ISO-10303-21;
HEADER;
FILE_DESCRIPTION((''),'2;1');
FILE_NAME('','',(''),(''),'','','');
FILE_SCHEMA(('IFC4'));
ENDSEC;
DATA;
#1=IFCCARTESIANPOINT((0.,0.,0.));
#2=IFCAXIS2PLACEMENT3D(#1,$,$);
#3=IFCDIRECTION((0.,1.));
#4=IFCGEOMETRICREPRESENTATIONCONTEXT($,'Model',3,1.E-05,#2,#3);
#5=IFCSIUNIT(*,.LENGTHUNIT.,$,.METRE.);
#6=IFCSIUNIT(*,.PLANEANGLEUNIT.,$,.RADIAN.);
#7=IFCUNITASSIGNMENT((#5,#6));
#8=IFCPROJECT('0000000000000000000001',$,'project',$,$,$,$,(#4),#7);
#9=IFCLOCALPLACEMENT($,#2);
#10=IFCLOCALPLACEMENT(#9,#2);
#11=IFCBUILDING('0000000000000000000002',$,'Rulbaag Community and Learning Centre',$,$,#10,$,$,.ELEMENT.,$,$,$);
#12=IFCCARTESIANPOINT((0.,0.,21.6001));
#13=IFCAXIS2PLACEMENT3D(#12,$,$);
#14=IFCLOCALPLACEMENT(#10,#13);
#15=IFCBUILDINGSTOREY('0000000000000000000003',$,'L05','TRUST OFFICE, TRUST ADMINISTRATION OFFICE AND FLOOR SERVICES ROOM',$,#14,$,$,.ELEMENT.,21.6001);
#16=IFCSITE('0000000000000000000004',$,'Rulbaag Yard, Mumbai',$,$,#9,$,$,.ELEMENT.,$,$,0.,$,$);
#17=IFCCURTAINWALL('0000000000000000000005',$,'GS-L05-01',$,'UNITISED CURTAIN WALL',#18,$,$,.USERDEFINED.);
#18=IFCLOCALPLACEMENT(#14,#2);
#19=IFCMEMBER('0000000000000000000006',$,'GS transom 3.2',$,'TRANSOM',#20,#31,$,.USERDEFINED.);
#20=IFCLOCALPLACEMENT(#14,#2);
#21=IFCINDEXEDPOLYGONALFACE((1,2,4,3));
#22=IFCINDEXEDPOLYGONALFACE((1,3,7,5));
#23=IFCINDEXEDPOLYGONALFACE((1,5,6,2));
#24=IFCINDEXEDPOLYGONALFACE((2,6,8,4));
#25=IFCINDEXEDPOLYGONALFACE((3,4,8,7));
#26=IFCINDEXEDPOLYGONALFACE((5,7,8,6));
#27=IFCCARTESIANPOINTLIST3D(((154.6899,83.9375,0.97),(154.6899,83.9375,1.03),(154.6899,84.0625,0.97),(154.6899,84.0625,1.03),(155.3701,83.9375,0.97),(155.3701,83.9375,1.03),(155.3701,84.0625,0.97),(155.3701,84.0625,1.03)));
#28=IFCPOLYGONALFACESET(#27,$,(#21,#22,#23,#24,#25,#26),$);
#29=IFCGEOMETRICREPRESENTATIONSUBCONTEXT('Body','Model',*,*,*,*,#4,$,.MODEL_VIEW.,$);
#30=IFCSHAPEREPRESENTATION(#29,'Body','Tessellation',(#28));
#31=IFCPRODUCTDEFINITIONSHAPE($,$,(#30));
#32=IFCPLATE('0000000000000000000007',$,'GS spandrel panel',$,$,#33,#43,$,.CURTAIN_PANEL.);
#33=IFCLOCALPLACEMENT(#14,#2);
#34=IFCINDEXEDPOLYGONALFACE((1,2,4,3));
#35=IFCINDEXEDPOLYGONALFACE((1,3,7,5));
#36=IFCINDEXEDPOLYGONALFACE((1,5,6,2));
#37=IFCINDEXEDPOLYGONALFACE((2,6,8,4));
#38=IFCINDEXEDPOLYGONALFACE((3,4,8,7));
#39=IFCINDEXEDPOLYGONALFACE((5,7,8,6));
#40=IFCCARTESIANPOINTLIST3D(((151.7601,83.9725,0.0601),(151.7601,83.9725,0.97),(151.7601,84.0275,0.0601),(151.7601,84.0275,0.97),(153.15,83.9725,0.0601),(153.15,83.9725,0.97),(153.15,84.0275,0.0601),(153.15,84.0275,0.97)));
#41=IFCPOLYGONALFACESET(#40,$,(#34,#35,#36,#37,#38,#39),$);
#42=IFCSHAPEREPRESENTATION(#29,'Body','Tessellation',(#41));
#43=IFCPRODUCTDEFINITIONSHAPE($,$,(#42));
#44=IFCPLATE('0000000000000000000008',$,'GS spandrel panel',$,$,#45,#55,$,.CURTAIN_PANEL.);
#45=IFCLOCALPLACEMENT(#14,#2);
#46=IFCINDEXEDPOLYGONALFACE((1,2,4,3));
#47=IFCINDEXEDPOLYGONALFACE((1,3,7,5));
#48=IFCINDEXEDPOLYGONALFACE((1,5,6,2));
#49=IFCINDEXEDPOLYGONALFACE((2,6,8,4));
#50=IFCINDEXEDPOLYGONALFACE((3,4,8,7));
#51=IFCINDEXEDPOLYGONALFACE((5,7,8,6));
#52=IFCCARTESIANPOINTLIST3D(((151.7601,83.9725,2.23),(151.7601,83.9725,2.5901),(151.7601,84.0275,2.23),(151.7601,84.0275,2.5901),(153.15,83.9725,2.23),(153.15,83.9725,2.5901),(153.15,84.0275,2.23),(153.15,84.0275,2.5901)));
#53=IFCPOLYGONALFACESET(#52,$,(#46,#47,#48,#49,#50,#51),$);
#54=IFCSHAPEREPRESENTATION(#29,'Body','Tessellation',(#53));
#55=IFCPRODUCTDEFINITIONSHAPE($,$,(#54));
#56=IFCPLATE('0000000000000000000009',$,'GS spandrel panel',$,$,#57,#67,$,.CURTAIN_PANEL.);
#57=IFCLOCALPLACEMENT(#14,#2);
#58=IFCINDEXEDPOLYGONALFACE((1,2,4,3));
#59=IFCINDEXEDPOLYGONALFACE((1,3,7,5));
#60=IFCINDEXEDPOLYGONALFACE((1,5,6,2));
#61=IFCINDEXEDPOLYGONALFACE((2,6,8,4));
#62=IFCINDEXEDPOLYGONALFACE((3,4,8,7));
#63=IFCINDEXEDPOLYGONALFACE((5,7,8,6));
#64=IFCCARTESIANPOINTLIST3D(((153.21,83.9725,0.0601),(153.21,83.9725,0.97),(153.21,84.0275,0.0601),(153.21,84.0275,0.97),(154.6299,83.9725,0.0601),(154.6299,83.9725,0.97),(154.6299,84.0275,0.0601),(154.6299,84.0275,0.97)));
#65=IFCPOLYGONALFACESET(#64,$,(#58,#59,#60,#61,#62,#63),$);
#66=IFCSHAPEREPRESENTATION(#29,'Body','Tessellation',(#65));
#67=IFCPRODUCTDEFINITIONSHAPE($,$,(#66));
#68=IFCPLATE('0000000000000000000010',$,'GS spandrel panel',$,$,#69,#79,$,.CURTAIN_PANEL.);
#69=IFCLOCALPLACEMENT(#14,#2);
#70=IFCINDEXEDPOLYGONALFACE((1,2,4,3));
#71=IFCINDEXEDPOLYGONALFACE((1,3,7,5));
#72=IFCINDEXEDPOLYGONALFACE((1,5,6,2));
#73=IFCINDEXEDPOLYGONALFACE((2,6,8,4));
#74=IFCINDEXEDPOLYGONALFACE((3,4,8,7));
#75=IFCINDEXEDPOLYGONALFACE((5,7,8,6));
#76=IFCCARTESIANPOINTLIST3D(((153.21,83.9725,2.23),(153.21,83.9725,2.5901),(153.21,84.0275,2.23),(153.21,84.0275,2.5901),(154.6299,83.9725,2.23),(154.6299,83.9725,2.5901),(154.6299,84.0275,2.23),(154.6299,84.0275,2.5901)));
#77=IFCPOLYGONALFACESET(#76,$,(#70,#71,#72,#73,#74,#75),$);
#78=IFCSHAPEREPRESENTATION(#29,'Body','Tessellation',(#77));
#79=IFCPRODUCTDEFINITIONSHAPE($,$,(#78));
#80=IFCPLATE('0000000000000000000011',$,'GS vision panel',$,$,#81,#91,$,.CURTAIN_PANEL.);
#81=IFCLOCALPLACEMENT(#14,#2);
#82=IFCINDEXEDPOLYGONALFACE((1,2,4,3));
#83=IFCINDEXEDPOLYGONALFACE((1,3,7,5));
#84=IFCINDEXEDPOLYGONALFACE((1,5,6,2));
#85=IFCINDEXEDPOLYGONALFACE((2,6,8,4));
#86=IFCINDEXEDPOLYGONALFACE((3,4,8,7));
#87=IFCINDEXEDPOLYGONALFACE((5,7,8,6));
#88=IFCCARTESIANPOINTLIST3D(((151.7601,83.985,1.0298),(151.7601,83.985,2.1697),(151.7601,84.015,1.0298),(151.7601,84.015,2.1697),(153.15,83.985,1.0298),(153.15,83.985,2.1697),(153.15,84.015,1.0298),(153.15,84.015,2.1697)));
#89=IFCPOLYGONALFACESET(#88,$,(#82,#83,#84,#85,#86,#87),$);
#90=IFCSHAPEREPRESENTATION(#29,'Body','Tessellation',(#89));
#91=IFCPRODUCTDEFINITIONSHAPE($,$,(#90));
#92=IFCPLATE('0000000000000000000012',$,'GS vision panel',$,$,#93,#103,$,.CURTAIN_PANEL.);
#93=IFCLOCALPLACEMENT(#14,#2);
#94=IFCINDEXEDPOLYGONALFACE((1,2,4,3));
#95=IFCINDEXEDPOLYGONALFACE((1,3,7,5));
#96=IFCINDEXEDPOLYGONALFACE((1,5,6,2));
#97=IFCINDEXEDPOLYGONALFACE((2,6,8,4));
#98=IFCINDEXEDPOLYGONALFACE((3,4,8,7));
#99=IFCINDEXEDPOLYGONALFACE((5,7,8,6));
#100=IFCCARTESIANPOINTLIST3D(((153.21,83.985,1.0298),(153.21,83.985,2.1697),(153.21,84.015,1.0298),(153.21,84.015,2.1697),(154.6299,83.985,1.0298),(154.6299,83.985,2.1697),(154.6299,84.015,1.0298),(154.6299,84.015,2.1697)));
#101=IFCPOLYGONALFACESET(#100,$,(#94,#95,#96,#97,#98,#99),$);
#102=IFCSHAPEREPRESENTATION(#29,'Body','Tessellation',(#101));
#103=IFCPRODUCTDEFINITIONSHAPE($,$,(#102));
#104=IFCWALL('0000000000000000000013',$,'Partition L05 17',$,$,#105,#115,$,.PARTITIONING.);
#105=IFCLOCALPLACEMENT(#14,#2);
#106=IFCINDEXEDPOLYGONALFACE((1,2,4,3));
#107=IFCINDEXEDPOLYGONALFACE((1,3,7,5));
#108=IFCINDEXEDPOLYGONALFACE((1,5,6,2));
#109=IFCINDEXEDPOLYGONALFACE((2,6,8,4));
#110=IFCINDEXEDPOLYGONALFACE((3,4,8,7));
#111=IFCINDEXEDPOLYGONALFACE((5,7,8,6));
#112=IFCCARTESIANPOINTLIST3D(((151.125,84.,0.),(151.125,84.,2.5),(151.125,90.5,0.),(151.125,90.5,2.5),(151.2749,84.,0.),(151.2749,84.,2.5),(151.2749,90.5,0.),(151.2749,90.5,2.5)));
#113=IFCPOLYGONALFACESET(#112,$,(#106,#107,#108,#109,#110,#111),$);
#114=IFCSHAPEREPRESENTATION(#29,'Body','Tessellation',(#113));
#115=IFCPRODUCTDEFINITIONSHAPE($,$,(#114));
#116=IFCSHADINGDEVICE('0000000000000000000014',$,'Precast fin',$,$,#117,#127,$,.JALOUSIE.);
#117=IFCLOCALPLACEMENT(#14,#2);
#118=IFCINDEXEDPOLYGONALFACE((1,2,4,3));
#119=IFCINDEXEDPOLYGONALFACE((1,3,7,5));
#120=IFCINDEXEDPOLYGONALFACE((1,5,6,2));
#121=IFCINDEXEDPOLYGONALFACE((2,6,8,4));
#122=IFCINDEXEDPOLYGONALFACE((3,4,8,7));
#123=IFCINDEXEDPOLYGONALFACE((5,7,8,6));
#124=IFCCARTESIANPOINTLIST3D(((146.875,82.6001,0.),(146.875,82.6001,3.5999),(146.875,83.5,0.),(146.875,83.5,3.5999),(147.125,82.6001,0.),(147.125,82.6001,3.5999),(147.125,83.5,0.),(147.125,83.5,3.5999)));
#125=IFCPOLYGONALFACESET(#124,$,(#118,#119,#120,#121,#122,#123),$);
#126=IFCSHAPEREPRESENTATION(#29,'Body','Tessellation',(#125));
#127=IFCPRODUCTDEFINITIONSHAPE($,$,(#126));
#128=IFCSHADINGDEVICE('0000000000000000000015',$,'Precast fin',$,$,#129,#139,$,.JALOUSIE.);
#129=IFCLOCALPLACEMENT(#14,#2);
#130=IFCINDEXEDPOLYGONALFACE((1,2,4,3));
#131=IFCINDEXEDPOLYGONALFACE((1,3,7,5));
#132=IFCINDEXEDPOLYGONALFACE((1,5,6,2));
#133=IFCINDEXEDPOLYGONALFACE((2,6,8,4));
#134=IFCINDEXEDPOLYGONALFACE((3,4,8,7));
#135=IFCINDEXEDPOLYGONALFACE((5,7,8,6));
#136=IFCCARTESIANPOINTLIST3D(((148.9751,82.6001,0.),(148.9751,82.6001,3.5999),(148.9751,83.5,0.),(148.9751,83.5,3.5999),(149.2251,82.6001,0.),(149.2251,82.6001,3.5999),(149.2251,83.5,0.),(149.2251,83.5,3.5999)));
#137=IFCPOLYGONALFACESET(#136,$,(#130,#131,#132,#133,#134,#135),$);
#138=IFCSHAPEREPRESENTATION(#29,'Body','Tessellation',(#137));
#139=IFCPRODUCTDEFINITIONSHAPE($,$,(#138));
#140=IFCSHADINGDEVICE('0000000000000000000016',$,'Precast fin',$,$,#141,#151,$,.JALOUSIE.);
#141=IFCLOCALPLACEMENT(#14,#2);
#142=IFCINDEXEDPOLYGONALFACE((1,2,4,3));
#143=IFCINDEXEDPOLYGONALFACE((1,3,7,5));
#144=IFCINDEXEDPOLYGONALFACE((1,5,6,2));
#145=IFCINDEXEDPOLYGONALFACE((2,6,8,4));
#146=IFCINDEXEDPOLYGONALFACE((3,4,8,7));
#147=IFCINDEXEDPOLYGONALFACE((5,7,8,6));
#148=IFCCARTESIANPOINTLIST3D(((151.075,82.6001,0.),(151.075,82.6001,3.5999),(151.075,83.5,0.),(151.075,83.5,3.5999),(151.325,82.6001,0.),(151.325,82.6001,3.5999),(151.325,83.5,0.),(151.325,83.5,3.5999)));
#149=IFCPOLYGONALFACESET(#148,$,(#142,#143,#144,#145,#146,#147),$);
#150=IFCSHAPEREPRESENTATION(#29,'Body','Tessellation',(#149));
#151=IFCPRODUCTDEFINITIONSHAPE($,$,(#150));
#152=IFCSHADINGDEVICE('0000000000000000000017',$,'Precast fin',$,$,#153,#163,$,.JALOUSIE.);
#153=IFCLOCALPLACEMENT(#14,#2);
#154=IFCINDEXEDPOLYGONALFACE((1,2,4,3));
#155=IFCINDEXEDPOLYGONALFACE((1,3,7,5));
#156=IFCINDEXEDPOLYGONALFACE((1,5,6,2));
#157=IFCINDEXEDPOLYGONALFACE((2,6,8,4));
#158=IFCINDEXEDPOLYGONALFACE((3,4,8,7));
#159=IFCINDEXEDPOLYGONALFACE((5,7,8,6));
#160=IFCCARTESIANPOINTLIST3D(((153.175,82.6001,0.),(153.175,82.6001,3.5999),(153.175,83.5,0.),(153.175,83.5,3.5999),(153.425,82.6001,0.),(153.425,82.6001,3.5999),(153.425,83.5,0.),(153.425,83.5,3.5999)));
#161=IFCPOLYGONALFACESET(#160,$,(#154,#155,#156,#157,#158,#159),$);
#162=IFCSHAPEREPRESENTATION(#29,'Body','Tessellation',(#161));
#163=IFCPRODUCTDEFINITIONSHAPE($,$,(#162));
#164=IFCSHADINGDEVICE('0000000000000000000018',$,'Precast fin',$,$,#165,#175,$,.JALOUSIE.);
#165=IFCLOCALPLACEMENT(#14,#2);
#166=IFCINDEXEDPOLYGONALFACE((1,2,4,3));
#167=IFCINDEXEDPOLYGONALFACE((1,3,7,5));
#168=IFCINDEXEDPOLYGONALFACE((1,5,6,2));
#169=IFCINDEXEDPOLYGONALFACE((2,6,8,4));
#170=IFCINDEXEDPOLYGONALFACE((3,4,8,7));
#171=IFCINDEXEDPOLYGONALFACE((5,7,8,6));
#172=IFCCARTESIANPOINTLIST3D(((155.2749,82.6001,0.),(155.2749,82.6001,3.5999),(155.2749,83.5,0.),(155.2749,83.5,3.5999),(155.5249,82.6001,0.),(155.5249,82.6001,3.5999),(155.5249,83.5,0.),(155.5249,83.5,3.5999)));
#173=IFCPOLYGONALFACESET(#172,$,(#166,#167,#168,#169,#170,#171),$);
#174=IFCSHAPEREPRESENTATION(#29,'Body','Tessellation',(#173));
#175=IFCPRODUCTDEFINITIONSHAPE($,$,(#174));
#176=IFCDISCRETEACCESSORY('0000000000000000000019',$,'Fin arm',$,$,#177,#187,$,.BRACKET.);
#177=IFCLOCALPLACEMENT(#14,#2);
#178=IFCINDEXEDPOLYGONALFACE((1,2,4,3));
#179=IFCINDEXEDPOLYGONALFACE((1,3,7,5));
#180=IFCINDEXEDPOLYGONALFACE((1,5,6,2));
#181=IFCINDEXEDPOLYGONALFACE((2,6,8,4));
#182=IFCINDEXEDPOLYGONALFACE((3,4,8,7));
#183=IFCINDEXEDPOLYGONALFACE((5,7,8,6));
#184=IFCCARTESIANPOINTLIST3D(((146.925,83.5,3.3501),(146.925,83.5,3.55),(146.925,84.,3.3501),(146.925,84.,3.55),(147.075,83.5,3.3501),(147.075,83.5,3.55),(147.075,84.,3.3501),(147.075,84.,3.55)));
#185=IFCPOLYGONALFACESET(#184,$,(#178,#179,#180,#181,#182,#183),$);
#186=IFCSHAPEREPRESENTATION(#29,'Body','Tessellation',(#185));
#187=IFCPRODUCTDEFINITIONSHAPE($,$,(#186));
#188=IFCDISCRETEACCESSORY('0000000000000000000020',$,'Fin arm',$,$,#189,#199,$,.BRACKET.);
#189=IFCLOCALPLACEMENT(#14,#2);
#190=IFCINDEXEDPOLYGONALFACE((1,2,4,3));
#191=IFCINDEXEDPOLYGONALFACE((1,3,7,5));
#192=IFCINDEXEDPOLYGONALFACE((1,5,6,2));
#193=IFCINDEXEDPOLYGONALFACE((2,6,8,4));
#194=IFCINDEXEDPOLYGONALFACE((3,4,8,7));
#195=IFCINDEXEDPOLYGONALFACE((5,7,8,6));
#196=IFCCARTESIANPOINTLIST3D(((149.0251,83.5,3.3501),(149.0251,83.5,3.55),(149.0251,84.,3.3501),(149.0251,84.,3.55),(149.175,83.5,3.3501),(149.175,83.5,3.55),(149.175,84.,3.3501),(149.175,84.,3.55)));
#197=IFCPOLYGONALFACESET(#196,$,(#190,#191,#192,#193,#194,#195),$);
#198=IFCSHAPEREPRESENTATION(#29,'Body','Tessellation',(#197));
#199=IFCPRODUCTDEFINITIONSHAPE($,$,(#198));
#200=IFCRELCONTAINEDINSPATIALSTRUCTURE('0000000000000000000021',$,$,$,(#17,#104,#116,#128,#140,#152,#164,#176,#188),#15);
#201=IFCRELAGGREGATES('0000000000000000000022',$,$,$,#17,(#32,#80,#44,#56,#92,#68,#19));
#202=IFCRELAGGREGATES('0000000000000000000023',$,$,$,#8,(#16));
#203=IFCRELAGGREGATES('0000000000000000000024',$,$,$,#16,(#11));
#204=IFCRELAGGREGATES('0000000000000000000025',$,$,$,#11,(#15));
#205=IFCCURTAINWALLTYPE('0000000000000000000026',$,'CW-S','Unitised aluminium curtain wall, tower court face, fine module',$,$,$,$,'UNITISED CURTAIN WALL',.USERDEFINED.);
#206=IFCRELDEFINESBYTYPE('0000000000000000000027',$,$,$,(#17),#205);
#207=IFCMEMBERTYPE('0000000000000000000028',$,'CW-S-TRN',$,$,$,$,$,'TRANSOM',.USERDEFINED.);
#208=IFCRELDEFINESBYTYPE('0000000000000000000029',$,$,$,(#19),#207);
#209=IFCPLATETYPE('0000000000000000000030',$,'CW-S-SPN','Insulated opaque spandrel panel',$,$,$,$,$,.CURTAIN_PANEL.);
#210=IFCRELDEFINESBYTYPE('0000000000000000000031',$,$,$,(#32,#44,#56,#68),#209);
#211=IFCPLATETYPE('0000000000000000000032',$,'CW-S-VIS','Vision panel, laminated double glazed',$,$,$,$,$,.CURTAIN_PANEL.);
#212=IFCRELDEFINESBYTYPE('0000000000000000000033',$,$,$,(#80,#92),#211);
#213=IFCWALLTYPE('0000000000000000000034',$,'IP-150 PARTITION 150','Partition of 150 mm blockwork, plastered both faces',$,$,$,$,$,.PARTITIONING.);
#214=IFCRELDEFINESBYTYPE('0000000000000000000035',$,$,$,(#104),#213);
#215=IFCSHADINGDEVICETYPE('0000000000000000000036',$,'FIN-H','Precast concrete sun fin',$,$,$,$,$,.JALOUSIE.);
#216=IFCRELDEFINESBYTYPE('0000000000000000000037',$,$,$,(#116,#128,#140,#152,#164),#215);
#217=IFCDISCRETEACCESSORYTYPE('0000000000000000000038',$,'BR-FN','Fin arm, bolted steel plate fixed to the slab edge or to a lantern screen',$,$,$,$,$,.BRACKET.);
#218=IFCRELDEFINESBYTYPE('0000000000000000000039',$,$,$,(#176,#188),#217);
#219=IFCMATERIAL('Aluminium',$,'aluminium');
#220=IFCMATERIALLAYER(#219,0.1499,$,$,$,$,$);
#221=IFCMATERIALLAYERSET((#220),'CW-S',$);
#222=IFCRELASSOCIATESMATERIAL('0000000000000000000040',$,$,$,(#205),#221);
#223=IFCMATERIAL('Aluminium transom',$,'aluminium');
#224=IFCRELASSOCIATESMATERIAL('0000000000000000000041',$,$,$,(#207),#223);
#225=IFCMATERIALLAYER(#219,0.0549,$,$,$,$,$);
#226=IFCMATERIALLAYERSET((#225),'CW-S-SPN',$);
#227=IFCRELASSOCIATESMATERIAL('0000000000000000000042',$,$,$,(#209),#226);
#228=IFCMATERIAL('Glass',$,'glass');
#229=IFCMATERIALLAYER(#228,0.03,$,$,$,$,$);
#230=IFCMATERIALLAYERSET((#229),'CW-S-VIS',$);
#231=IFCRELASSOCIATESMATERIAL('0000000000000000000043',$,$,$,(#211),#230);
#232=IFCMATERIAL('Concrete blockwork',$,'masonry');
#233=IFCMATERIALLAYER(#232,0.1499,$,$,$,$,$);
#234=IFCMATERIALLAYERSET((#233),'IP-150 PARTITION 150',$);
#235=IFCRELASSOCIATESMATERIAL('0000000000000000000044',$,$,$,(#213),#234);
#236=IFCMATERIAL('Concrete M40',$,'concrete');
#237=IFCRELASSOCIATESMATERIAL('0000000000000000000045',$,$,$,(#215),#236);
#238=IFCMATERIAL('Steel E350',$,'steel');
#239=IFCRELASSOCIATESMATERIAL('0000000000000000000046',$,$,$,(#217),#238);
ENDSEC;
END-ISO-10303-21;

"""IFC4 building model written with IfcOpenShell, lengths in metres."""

from ifc_helpers import new_model, si_unit, direction, frame, frame_2d, origin, origin_2d, place, context, subcontext, project, spatial, rectangle, extrude, material, layer, layer_set, material_profile, profile_set, type_object, element, aggregate, save


model = new_model("IFC4")

# Units and contexts
model_context = context("Model", 3, precision=1e-05, world=origin(), true_north=direction((0.0, 1.0)))
body_context = subcontext(model_context, "Body", "Model", "MODEL_VIEW")
ifc_project = project(units=[si_unit("LENGTHUNIT", "METRE"), si_unit("PLANEANGLEUNIT", "RADIAN")], contexts=[model_context])

# Site, building, storey
site_placement = place(None, origin())
site = spatial("IfcSite", under=ifc_project, at=site_placement, Name="Rulbaag Yard, Mumbai", CompositionType="ELEMENT", RefElevation=0.0)
building_placement = place(site_placement, origin())
building = spatial("IfcBuilding", under=site, at=building_placement, Name="Rulbaag Community and Learning Centre", CompositionType="ELEMENT")
storey_placement = place(building_placement, frame((0.0, 0.0, 21.6001)))
storey = spatial("IfcBuildingStorey", under=building, at=storey_placement, Name="L05", Description="TRUST OFFICE, TRUST ADMINISTRATION OFFICE AND FLOOR SERVICES ROOM", CompositionType="ELEMENT", Elevation=21.6001)

# Shared definitions
ifc_material_1 = material(Name="Concrete M40", Category="concrete")

# Curtain wall, member, plates
ifc_material_2 = material(Name="Aluminium", Category="aluminium")
ifc_layer_1 = layer(ifc_material_2, 0.1499)
ifc_layer_set_1 = layer_set([ifc_layer_1], Name="CW-S")
curtain_wall_type = type_object("IfcCurtainWallType", Name="CW-S", Description="Unitised aluminium curtain wall, tower court face, fine module", ElementType="UNITISED CURTAIN WALL", PredefinedType="USERDEFINED", material=ifc_layer_set_1)
curtain_wall_placement = place(storey_placement, origin())
curtain_wall = element("IfcCurtainWall", 1, at=curtain_wall_placement, inside=storey, type_object=curtain_wall_type, Name="GS-L05-01", ObjectType="UNITISED CURTAIN WALL", PredefinedType="USERDEFINED")
ifc_material_3 = material(Name="Aluminium transom", Category="aluminium")
ifc_material_profile_1 = material_profile(ifc_material_3, rectangle(XDim=0.125, YDim=0.0601, at=origin_2d()), Name="AL 60x125 T")
ifc_profile_set_1 = profile_set([ifc_material_profile_1], Name="Aluminium transom")
member_type_1 = type_object("IfcMemberType", Name="CW-S-TRN", ElementType="TRANSOM", PredefinedType="USERDEFINED", material=ifc_profile_set_1)
member_1_placement = place(storey_placement, frame((154.6899, 84.0, 1.0), z_axis=(1.0, 0.0, 0.0), x_axis=(0.0, 1.0, 0.0)))
member_1 = element("IfcMember", 2, at=member_1_placement, type_object=member_type_1, Name="GS transom 3.2", ObjectType="TRANSOM", PredefinedType="USERDEFINED", context=body_context, shape_type="SweptSolid", body=[
    extrude(rectangle(XDim=0.125, YDim=0.0601, at=origin_2d()), origin(), (0.0, 0.0, 1.0), 0.6802),
])
ifc_layer_2 = layer(ifc_material_2, 0.0549)
ifc_layer_set_2 = layer_set([ifc_layer_2], Name="CW-S-SPN")
plate_type_1 = type_object("IfcPlateType", Name="CW-S-SPN", Description="Insulated opaque spandrel panel", PredefinedType="CURTAIN_PANEL", material=ifc_layer_set_2)
plate_1_placement = place(storey_placement, frame((152.4551, 84.0, 0.0601), z_axis=(0.0, 0.0, 1.0), x_axis=(1.0, 0.0, 0.0)))
plate_1 = element("IfcPlate", 3, at=plate_1_placement, type_object=plate_type_1, Name="GS spandrel panel", PredefinedType="CURTAIN_PANEL", context=body_context, shape_type="SweptSolid", body=[
    extrude(rectangle(XDim=1.3899, YDim=0.0549, at=origin_2d()), origin(), (0.0, 0.0, 1.0), 0.9099),
])
plate_2_placement = place(storey_placement, frame((152.4551, 84.0, 2.23), z_axis=(0.0, 0.0, 1.0), x_axis=(1.0, 0.0, 0.0)))
plate_2 = element("IfcPlate", 4, at=plate_2_placement, type_object=plate_type_1, Name="GS spandrel panel", PredefinedType="CURTAIN_PANEL", context=body_context, shape_type="SweptSolid", body=[
    extrude(rectangle(XDim=1.3899, YDim=0.0549, at=origin_2d()), origin(), (0.0, 0.0, 1.0), 0.3601),
])
plate_3_placement = place(storey_placement, frame((153.9199, 84.0, 0.0601), z_axis=(0.0, 0.0, 1.0), x_axis=(1.0, 0.0, 0.0)))
plate_3 = element("IfcPlate", 5, at=plate_3_placement, type_object=plate_type_1, Name="GS spandrel panel", PredefinedType="CURTAIN_PANEL", context=body_context, shape_type="SweptSolid", body=[
    extrude(rectangle(XDim=1.4199, YDim=0.0549, at=origin_2d()), origin(), (0.0, 0.0, 1.0), 0.9099),
])
plate_4_placement = place(storey_placement, frame((153.9199, 84.0, 2.23), z_axis=(0.0, 0.0, 1.0), x_axis=(1.0, 0.0, 0.0)))
plate_4 = element("IfcPlate", 6, at=plate_4_placement, type_object=plate_type_1, Name="GS spandrel panel", PredefinedType="CURTAIN_PANEL", context=body_context, shape_type="SweptSolid", body=[
    extrude(rectangle(XDim=1.4199, YDim=0.0549, at=origin_2d()), origin(), (0.0, 0.0, 1.0), 0.3601),
])
ifc_material_4 = material(Name="Glass", Category="glass")
ifc_layer_3 = layer(ifc_material_4, 0.03)
ifc_layer_set_3 = layer_set([ifc_layer_3], Name="CW-S-VIS")
plate_type_2 = type_object("IfcPlateType", Name="CW-S-VIS", Description="Vision panel, laminated double glazed", PredefinedType="CURTAIN_PANEL", material=ifc_layer_set_3)
plate_5_placement = place(storey_placement, frame((152.4551, 84.0, 1.0298), z_axis=(0.0, 0.0, 1.0), x_axis=(1.0, 0.0, 0.0)))
plate_5 = element("IfcPlate", 7, at=plate_5_placement, type_object=plate_type_2, Name="GS vision panel", PredefinedType="CURTAIN_PANEL", context=body_context, shape_type="SweptSolid", body=[
    extrude(rectangle(XDim=1.3899, YDim=0.03, at=origin_2d()), origin(), (0.0, 0.0, 1.0), 1.1399),
])
plate_6_placement = place(storey_placement, frame((153.9199, 84.0, 1.0298), z_axis=(0.0, 0.0, 1.0), x_axis=(1.0, 0.0, 0.0)))
plate_6 = element("IfcPlate", 8, at=plate_6_placement, type_object=plate_type_2, Name="GS vision panel", PredefinedType="CURTAIN_PANEL", context=body_context, shape_type="SweptSolid", body=[
    extrude(rectangle(XDim=1.4199, YDim=0.03, at=origin_2d()), origin(), (0.0, 0.0, 1.0), 1.1399),
])
aggregate(curtain_wall, [plate_1, plate_5, plate_2, plate_3, plate_6, plate_4, member_1])

# Wall
ifc_material_5 = material(Name="Concrete blockwork", Category="masonry")
ifc_layer_4 = layer(ifc_material_5, 0.1499)
ifc_layer_set_4 = layer_set([ifc_layer_4], Name="IP-150 PARTITION 150")
wall_type = type_object("IfcWallType", Name="IP-150 PARTITION 150", Description="Partition of 150 mm blockwork, plastered both faces", PredefinedType="PARTITIONING", material=ifc_layer_set_4)
wall_placement = place(storey_placement, frame((151.2, 84.0, 0.0), z_axis=(0.0, 0.0, 1.0), x_axis=(0.0, 1.0, 0.0)))
element("IfcWall", 9, at=wall_placement, inside=storey, type_object=wall_type, Name="Partition L05 17", PredefinedType="PARTITIONING", context=body_context, shape_type="SweptSolid", body=[
    extrude(rectangle(XDim=6.5, YDim=0.1499, at=frame_2d((3.25, 0.0))), origin(), (0.0, 0.0, 1.0), 2.5),
])

# Shading devices
ifc_material_profile_2 = material_profile(ifc_material_1, rectangle(XDim=0.25, YDim=0.8999, at=origin_2d()), Name="PC 250x900")
ifc_profile_set_2 = profile_set([ifc_material_profile_2], Name="Concrete M40")
shading_device_type = type_object("IfcShadingDeviceType", Name="FIN-H", Description="Precast concrete sun fin", PredefinedType="JALOUSIE", material=ifc_profile_set_2)
for number, where, z_axis, x_axis, name in (
    (10, (147.0, 83.05, 0.0), (0.0, 0.0, 1.0), (1.0, 0.0, 0.0), "Precast fin"),
    (11, (149.1001, 83.05, 0.0), (0.0, 0.0, 1.0), (1.0, 0.0, 0.0), "Precast fin"),
    (12, (151.2, 83.05, 0.0), (0.0, 0.0, 1.0), (1.0, 0.0, 0.0), "Precast fin"),
    (13, (153.3, 83.05, 0.0), (0.0, 0.0, 1.0), (1.0, 0.0, 0.0), "Precast fin"),
    (14, (155.3999, 83.05, 0.0), (0.0, 0.0, 1.0), (1.0, 0.0, 0.0), "Precast fin"),
):
    element("IfcShadingDevice", number, at=place(storey_placement, frame(where, z_axis=z_axis, x_axis=x_axis)), inside=storey, type_object=shading_device_type, Name=name, PredefinedType="JALOUSIE", context=body_context, shape_type="SweptSolid", body=[
        extrude(rectangle(XDim=0.25, YDim=0.8999, at=origin_2d()), origin(), (0.0, 0.0, 1.0), 3.5999),
    ])

# Discrete accessories
ifc_material_6 = material(Name="Steel E350", Category="steel")
discrete_accessory_type = type_object("IfcDiscreteAccessoryType", Name="BR-FN", Description="Fin arm, bolted steel plate fixed to the slab edge or to a lantern screen", PredefinedType="BRACKET", material=ifc_material_6)
for number, where, z_axis, x_axis, name in (
    (15, (147.0, 83.75, 3.3501), (0.0, 0.0, 1.0), (1.0, 0.0, 0.0), "Fin arm"),
    (16, (149.1001, 83.75, 3.3501), (0.0, 0.0, 1.0), (1.0, 0.0, 0.0), "Fin arm"),
):
    element("IfcDiscreteAccessory", number, at=place(storey_placement, frame(where, z_axis=z_axis, x_axis=x_axis)), inside=storey, type_object=discrete_accessory_type, Name=name, PredefinedType="BRACKET", context=body_context, shape_type="SweptSolid", body=[
        extrude(rectangle(XDim=0.1499, YDim=0.5, at=origin_2d()), origin(), (0.0, 0.0, 1.0), 0.2),
    ])

save(model, "model.ifc")
